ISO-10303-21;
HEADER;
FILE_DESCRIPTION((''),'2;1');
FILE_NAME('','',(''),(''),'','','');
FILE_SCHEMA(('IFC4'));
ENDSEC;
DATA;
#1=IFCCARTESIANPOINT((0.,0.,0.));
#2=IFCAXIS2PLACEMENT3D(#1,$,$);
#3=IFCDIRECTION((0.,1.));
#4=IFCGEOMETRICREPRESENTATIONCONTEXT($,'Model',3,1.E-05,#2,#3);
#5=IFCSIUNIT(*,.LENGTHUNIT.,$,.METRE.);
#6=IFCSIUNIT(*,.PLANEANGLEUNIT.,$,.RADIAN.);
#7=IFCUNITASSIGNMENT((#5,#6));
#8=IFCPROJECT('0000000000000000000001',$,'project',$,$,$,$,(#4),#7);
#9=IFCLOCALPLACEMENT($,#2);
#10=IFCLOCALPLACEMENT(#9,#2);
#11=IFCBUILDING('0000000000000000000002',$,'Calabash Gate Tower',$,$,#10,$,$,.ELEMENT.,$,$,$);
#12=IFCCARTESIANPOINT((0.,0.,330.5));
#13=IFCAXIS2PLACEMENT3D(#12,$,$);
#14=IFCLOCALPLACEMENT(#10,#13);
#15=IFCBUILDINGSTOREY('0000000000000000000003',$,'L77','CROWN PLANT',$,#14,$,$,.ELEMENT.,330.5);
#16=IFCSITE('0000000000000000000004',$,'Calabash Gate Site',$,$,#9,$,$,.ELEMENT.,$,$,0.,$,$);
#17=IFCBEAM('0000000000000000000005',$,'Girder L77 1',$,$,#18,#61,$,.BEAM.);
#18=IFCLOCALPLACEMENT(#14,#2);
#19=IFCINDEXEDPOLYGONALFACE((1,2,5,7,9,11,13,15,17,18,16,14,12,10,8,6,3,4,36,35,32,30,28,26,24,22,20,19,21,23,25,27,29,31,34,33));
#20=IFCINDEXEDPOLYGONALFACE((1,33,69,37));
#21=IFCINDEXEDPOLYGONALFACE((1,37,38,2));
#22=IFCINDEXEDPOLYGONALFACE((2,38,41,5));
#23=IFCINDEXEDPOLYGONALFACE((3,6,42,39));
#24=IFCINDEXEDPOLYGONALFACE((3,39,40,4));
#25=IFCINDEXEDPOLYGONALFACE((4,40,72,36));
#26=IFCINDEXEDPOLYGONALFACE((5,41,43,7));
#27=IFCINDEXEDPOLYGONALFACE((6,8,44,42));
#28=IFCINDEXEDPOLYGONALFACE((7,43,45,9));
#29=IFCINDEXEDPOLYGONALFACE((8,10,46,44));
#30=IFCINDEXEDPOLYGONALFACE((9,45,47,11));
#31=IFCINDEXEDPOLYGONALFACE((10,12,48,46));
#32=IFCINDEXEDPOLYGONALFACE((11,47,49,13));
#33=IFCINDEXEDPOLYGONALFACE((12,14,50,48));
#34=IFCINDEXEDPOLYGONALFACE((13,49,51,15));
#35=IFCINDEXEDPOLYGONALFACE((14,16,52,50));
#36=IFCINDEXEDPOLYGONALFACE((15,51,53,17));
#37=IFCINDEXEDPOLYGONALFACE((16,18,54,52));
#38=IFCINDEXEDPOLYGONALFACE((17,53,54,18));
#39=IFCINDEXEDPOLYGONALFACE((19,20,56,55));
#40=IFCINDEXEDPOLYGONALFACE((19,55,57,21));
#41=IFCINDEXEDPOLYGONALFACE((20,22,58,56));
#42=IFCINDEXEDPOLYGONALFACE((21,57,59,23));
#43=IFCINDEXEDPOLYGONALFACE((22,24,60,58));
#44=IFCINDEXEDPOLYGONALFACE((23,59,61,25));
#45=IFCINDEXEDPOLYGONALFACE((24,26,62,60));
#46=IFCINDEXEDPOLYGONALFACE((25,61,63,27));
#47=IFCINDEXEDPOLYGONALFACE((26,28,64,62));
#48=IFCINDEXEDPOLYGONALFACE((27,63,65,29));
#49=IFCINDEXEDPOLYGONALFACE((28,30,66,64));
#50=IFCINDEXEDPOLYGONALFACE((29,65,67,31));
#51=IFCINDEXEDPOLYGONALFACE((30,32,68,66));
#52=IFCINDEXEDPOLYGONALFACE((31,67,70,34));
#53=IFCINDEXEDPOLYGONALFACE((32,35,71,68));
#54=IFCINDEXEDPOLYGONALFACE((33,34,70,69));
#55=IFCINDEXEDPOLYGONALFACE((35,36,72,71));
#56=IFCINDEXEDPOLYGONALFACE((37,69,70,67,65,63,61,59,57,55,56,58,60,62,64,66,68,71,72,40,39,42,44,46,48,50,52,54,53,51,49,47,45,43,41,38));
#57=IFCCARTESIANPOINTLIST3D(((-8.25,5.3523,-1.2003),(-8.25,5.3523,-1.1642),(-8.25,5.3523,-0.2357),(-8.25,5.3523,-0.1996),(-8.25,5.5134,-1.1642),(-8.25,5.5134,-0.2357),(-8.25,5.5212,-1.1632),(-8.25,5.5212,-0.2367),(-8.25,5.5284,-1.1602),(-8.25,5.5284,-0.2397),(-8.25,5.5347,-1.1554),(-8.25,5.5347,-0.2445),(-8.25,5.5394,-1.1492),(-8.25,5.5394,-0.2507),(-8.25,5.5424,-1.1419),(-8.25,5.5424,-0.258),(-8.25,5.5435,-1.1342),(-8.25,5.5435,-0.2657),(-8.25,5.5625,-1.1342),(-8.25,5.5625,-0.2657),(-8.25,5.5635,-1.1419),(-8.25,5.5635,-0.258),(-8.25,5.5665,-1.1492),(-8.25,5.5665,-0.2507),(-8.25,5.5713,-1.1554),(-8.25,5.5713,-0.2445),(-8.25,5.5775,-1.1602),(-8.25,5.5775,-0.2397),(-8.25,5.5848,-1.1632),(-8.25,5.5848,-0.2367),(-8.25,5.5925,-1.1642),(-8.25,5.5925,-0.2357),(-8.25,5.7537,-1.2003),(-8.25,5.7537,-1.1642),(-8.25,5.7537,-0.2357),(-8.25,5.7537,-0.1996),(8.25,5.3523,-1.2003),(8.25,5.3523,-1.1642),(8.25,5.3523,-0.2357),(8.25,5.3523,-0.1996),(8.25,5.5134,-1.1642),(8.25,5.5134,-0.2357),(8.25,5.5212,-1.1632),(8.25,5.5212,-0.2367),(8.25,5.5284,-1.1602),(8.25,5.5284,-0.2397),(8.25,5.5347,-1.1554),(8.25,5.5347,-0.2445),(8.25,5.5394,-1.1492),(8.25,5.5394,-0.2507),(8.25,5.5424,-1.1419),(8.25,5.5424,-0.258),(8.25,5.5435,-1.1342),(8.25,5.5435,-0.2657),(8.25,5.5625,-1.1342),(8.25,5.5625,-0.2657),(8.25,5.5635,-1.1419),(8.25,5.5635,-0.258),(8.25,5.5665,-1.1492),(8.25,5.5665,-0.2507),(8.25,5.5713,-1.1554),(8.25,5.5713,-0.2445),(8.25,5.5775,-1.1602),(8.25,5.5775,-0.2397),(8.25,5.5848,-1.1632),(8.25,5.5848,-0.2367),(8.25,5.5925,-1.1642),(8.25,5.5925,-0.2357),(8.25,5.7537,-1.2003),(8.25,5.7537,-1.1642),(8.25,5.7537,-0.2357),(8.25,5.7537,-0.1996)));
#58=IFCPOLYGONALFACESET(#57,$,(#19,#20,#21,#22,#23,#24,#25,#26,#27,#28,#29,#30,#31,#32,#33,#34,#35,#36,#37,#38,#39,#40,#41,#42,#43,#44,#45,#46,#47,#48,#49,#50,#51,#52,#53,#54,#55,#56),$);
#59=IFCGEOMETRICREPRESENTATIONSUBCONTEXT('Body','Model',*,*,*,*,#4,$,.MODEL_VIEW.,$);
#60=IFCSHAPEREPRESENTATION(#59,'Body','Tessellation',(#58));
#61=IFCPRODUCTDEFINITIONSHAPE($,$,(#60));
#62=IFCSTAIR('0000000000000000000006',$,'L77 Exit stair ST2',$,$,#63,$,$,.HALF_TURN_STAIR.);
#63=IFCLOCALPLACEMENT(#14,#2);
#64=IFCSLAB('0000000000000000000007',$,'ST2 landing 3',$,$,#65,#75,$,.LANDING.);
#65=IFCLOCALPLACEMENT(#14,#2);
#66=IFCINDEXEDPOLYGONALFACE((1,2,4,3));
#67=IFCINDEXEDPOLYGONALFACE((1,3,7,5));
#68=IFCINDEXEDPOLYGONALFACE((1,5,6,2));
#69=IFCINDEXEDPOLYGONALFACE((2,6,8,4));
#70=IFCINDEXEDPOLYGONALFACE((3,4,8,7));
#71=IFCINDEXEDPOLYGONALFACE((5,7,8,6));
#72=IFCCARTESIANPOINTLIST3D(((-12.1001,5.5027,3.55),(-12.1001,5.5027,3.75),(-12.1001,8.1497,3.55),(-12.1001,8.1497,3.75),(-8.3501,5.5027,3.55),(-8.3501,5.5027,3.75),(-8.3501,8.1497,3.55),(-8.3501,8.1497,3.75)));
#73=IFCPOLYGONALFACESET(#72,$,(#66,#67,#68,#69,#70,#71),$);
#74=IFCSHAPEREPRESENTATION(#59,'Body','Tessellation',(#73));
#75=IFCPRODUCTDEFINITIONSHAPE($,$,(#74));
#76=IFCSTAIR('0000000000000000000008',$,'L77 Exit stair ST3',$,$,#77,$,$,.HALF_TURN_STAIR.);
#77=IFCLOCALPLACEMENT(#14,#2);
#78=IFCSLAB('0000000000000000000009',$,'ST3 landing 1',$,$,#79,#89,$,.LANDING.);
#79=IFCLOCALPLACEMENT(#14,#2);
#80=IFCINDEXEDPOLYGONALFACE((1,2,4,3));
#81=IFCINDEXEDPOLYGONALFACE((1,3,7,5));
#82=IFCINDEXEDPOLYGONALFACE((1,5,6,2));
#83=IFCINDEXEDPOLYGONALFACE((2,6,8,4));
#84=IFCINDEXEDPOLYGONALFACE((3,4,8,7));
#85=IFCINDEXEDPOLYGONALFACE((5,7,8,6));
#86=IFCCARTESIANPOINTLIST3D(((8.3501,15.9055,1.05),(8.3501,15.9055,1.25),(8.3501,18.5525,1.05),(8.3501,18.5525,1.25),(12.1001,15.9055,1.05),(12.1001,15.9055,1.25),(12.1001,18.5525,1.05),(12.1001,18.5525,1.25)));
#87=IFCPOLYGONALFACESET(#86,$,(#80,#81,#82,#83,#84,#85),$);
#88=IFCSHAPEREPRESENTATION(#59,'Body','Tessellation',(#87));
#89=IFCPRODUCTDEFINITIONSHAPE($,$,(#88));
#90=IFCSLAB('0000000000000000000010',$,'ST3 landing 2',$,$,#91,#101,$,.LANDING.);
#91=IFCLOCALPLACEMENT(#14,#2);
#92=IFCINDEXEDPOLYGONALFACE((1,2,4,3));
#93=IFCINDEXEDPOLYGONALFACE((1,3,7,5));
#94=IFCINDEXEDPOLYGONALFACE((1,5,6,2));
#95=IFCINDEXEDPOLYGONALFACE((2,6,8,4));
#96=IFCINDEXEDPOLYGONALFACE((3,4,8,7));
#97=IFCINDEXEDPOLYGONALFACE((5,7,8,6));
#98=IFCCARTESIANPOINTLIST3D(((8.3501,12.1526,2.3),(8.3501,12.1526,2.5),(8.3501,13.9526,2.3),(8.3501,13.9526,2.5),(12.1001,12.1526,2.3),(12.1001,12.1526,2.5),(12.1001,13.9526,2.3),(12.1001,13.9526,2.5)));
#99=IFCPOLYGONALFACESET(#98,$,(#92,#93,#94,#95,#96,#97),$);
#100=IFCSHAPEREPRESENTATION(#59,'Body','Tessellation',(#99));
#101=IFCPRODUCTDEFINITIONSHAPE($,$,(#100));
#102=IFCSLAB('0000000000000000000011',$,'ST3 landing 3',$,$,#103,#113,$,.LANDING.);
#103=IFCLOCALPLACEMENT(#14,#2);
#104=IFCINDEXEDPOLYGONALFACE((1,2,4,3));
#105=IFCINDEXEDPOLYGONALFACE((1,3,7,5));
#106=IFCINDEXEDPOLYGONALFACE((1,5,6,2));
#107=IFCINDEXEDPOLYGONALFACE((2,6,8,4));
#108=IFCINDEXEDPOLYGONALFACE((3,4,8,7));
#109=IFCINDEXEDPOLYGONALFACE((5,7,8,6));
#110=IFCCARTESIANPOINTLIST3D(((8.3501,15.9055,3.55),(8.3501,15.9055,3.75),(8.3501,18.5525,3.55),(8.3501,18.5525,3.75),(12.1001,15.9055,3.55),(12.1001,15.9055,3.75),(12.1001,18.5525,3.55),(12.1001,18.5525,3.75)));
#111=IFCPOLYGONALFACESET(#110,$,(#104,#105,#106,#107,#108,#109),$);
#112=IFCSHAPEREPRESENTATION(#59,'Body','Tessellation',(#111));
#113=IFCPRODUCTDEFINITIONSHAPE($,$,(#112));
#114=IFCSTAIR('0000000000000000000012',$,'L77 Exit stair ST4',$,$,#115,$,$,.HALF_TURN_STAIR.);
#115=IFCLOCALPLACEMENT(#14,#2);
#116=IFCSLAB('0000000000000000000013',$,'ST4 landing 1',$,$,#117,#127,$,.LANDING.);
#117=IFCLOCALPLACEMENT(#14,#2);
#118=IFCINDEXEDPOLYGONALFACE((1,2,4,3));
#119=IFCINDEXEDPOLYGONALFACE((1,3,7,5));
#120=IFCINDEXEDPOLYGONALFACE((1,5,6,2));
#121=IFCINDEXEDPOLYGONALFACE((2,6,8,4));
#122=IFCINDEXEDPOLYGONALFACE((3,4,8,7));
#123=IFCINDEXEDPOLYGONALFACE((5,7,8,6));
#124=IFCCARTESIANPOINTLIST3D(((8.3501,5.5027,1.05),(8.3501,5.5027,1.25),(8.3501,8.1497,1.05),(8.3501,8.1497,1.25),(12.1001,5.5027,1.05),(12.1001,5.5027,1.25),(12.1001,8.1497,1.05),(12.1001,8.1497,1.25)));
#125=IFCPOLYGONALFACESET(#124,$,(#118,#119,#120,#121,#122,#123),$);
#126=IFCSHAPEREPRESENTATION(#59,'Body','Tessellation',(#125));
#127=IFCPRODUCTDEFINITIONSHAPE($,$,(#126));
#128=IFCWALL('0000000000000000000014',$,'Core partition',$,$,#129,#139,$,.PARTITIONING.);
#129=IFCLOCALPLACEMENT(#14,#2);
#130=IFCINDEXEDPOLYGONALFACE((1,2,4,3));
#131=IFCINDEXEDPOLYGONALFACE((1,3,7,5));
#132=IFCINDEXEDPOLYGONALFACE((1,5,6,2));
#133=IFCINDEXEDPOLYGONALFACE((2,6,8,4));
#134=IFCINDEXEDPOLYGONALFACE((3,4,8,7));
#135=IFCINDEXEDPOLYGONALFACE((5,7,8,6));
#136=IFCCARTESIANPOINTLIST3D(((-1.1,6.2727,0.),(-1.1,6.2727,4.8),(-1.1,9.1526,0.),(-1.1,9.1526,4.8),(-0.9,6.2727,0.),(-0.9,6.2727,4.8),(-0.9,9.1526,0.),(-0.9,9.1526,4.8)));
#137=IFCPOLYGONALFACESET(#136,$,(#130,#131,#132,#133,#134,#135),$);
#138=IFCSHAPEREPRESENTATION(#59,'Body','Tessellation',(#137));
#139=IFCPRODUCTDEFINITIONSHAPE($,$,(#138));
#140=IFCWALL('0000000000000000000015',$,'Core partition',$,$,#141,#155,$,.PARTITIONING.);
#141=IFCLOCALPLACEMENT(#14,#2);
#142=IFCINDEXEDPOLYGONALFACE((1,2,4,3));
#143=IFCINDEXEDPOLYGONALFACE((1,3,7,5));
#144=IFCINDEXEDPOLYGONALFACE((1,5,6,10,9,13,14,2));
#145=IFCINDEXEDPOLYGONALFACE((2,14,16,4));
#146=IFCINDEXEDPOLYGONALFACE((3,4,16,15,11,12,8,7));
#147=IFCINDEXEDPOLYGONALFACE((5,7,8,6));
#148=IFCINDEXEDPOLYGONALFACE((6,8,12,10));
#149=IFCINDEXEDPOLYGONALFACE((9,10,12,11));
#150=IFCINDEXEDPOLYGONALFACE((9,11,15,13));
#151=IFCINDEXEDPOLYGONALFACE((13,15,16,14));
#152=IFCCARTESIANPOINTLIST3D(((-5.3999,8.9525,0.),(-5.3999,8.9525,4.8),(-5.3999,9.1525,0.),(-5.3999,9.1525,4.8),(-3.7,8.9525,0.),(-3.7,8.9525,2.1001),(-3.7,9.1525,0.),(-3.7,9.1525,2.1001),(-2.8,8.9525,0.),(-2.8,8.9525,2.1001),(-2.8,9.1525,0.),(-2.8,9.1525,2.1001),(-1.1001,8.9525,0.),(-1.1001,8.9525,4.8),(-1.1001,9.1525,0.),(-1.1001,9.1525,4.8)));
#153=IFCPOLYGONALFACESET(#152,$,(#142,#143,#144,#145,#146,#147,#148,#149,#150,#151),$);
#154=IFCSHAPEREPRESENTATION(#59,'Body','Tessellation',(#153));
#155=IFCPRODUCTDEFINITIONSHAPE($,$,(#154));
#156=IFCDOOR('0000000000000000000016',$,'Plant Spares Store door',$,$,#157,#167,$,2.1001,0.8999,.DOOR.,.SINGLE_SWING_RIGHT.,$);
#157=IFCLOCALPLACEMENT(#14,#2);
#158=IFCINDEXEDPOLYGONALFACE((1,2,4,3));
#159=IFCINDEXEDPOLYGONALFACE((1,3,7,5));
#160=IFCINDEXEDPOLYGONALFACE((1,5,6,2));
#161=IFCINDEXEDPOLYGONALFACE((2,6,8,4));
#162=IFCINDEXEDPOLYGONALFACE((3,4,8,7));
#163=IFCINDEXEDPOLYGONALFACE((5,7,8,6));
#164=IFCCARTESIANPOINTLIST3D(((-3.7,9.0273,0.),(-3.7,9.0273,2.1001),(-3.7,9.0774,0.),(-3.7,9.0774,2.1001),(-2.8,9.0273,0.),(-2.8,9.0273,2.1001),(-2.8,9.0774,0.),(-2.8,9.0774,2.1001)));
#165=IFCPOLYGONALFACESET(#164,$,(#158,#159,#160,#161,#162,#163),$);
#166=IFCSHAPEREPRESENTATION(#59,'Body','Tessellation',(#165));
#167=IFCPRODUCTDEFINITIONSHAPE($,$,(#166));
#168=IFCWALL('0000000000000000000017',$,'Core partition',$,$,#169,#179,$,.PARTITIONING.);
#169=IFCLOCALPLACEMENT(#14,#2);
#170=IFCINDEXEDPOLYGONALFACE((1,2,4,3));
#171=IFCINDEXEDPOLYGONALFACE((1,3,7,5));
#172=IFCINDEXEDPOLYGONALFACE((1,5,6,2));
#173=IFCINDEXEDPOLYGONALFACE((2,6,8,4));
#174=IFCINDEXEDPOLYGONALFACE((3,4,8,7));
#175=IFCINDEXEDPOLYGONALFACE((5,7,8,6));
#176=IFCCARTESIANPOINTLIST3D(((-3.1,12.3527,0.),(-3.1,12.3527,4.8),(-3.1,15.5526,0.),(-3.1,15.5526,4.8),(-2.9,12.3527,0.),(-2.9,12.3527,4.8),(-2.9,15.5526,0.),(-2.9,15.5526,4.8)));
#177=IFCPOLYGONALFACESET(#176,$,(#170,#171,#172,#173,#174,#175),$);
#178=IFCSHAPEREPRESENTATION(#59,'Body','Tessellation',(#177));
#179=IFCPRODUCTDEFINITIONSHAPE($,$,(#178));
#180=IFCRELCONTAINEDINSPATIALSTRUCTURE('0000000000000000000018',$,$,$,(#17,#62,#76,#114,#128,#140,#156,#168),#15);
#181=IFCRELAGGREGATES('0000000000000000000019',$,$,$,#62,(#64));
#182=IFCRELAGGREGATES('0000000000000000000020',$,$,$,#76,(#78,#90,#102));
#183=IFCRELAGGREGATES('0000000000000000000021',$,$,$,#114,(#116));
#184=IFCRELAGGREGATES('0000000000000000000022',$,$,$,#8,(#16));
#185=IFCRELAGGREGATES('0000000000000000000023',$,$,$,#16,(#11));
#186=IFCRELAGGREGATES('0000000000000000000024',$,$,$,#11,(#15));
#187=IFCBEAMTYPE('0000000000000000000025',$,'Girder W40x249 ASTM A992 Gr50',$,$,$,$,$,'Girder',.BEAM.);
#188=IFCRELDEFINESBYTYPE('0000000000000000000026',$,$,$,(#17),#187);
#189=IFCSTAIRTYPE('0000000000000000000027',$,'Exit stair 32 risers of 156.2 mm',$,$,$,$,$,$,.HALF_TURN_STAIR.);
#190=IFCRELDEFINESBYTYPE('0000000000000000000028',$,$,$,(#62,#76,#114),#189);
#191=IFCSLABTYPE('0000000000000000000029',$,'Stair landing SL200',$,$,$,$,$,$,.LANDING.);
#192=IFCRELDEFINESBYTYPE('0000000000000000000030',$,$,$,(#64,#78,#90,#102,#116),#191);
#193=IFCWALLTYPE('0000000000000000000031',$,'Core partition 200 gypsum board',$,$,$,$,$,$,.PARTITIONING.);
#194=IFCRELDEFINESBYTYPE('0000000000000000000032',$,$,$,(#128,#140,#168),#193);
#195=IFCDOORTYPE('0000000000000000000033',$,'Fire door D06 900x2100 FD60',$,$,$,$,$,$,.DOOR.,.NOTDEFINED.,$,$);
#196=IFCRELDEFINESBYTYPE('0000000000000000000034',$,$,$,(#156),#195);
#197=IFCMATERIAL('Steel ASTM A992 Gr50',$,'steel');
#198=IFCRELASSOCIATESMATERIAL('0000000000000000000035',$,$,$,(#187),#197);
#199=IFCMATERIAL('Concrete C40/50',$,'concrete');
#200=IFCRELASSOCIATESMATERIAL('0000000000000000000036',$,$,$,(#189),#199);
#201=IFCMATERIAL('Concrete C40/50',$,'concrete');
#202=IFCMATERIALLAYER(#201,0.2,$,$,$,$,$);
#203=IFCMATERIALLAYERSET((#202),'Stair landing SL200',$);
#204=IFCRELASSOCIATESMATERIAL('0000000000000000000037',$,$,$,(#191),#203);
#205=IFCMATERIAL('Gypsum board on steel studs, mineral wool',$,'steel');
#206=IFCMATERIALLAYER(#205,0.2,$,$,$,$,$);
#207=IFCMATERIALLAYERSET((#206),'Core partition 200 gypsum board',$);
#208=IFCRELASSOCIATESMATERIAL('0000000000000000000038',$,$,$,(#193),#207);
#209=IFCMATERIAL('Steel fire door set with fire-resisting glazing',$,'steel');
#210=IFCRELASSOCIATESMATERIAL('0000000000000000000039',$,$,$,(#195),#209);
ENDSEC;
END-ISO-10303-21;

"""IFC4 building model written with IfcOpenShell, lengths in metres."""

from ifc_helpers import new_model, si_unit, direction, frame, frame_2d, origin, origin_2d, place, context, subcontext, project, spatial, polyline, rectangle, i_section, outline, extrude, material, layer, layer_set, material_profile, profile_set, type_object, element, fill, aggregate, save


model = new_model("IFC4")

# Units and contexts
model_context = context("Model", 3, precision=1e-05, world=origin(), true_north=direction((0.0, 1.0)))
body_context = subcontext(model_context, "Body", "Model", "MODEL_VIEW")
ifc_project = project(units=[si_unit("LENGTHUNIT", "METRE"), si_unit("PLANEANGLEUNIT", "RADIAN")], contexts=[model_context])

# Site, building, storey
site_placement = place(None, origin())
site = spatial("IfcSite", under=ifc_project, at=site_placement, Name="Calabash Gate Site", CompositionType="ELEMENT", RefElevation=0.0)
building_placement = place(site_placement, origin())
building = spatial("IfcBuilding", under=site, at=building_placement, Name="Calabash Gate Tower", CompositionType="ELEMENT")
storey_placement = place(building_placement, frame((0.0, 0.0, 330.5)))
storey = spatial("IfcBuildingStorey", under=building, at=storey_placement, Name="L77", Description="CROWN PLANT", CompositionType="ELEMENT", Elevation=330.5)

# Beam
ifc_material_1 = material(Name="Steel ASTM A992 Gr50", Category="steel")
ifc_material_profile = material_profile(ifc_material_1, i_section(OverallWidth=0.4014, OverallDepth=1.0007, WebThickness=0.019, FlangeThickness=0.0361, FilletRadius=0.03, at=origin_2d()))
ifc_profile_set = profile_set([ifc_material_profile], Name="Steel ASTM A992 Gr50")
beam_type = type_object("IfcBeamType", Name="Girder W40x249 ASTM A992 Gr50", ElementType="Girder", PredefinedType="BEAM", material=ifc_profile_set)
beam_placement = place(storey_placement, frame((-8.25, 5.553, -0.7), z_axis=(1.0, 0.0, 0.0), x_axis=(0.0, 1.0, 0.0)))
element("IfcBeam", 1, at=beam_placement, inside=storey, type_object=beam_type, Name="Girder L77 1", PredefinedType="BEAM", context=body_context, shape_type="SweptSolid", body=[
    extrude(i_section(OverallWidth=0.4014, OverallDepth=1.0007, WebThickness=0.019, FlangeThickness=0.0361, FilletRadius=0.03, at=origin_2d()), origin(), (0.0, 0.0, 1.0), 16.5),
])

# Stair, slab
ifc_material_2 = material(Name="Concrete C40/50", Category="concrete")
stair_type = type_object("IfcStairType", Name="Exit stair 32 risers of 156.2 mm", PredefinedType="HALF_TURN_STAIR", material=ifc_material_2)
stair_1_placement = place(storey_placement, origin())
stair_1 = element("IfcStair", 2, at=stair_1_placement, inside=storey, type_object=stair_type, Name="L77 Exit stair ST2", PredefinedType="HALF_TURN_STAIR")
ifc_material_3 = material(Name="Concrete C40/50", Category="concrete")
ifc_layer_1 = layer(ifc_material_3, 0.2)
ifc_layer_set_1 = layer_set([ifc_layer_1], Name="Stair landing SL200")
slab_type = type_object("IfcSlabType", Name="Stair landing SL200", PredefinedType="LANDING", material=ifc_layer_set_1)
slab_1_placement = place(storey_placement, frame((0.0, 0.0, 3.55)))
slab_1 = element("IfcSlab", 3, at=slab_1_placement, type_object=slab_type, Name="ST2 landing 3", PredefinedType="LANDING", context=body_context, shape_type="SweptSolid", body=[
    extrude(outline(polyline([(-12.1001, 8.1497), (-12.1001, 5.5027), (-8.3501, 5.5027), (-8.3501, 8.1497), (-12.1001, 8.1497)])), origin(), (0.0, 0.0, 1.0), 0.2),
])
aggregate(stair_1, [slab_1])

# Stair, slabs
stair_2_placement = place(storey_placement, origin())
stair_2 = element("IfcStair", 4, at=stair_2_placement, inside=storey, type_object=stair_type, Name="L77 Exit stair ST3", PredefinedType="HALF_TURN_STAIR")
slab_2_placement = place(storey_placement, frame((0.0, 0.0, 1.05)))
slab_2 = element("IfcSlab", 5, at=slab_2_placement, type_object=slab_type, Name="ST3 landing 1", PredefinedType="LANDING", context=body_context, shape_type="SweptSolid", body=[
    extrude(outline(polyline([(12.1001, 15.9055), (12.1001, 18.5525), (8.3501, 18.5525), (8.3501, 15.9055), (12.1001, 15.9055)])), origin(), (0.0, 0.0, 1.0), 0.2),
])
slab_3_placement = place(storey_placement, frame((0.0, 0.0, 2.3)))
slab_3 = element("IfcSlab", 6, at=slab_3_placement, type_object=slab_type, Name="ST3 landing 2", PredefinedType="LANDING", context=body_context, shape_type="SweptSolid", body=[
    extrude(outline(polyline([(12.1001, 12.1526), (12.1001, 13.9526), (8.3501, 13.9526), (8.3501, 12.1526), (12.1001, 12.1526)])), origin(), (0.0, 0.0, 1.0), 0.2),
])
slab_4_placement = place(storey_placement, frame((0.0, 0.0, 3.55)))
slab_4 = element("IfcSlab", 7, at=slab_4_placement, type_object=slab_type, Name="ST3 landing 3", PredefinedType="LANDING", context=body_context, shape_type="SweptSolid", body=[
    extrude(outline(polyline([(12.1001, 15.9055), (12.1001, 18.5525), (8.3501, 18.5525), (8.3501, 15.9055), (12.1001, 15.9055)])), origin(), (0.0, 0.0, 1.0), 0.2),
])
aggregate(stair_2, [slab_2, slab_3, slab_4])

# Stair, slab
stair_3_placement = place(storey_placement, origin())
stair_3 = element("IfcStair", 8, at=stair_3_placement, inside=storey, type_object=stair_type, Name="L77 Exit stair ST4", PredefinedType="HALF_TURN_STAIR")
slab_5_placement = place(storey_placement, frame((0.0, 0.0, 1.05)))
slab_5 = element("IfcSlab", 9, at=slab_5_placement, type_object=slab_type, Name="ST4 landing 1", PredefinedType="LANDING", context=body_context, shape_type="SweptSolid", body=[
    extrude(outline(polyline([(8.3501, 8.1497), (8.3501, 5.5027), (12.1001, 5.5027), (12.1001, 8.1497), (8.3501, 8.1497)])), origin(), (0.0, 0.0, 1.0), 0.2),
])
aggregate(stair_3, [slab_5])

# Wall
ifc_material_4 = material(Name="Gypsum board on steel studs, mineral wool", Category="steel")
ifc_layer_2 = layer(ifc_material_4, 0.2)
ifc_layer_set_2 = layer_set([ifc_layer_2], Name="Core partition 200 gypsum board")
wall_type_1 = type_object("IfcWallType", Name="Core partition 200 gypsum board", PredefinedType="PARTITIONING", material=ifc_layer_set_2)
wall_1_placement = place(storey_placement, frame((-1.0, 6.2727, 0.0), z_axis=(0.0, 0.0, 1.0), x_axis=(0.0, 1.0, 0.0)))
element("IfcWall", 10, at=wall_1_placement, inside=storey, type_object=wall_type_1, Name="Core partition", PredefinedType="PARTITIONING", context=body_context, shape_type="SweptSolid", body=[
    extrude(rectangle(XDim=2.8799, YDim=0.2, at=frame_2d((1.4399, 0.0))), origin(), (0.0, 0.0, 1.0), 4.8),
])

# Wall, opening, door
wall_2_placement = place(storey_placement, frame((-5.3999, 9.0525, 0.0), z_axis=(0.0, 0.0, 1.0), x_axis=(1.0, 0.0, 0.0)))
wall_2 = element("IfcWall", 11, at=wall_2_placement, inside=storey, type_object=wall_type_1, Name="Core partition", PredefinedType="PARTITIONING", context=body_context, shape_type="SweptSolid", body=[
    extrude(rectangle(XDim=4.2998, YDim=0.2, at=frame_2d((2.1499, 0.0))), origin(), (0.0, 0.0, 1.0), 4.8),
])
opening_1_placement = place(wall_2_placement, frame((1.7, 0.0, 0.0)))
opening_1 = element("IfcOpeningElement", 12, at=opening_1_placement, cuts=wall_2, PredefinedType="OPENING", context=body_context, shape_type="SweptSolid", body=[
    extrude(rectangle(XDim=0.8999, YDim=2.1001, at=frame_2d((0.45, 1.05))), frame((0.0, 0.1099, 0.0), z_axis=(0.0, -1.0, 0.0), x_axis=(1.0, 0.0, 0.0)), (0.0, 0.0, 1.0), 0.22),
])
ifc_material_5 = material(Name="Steel fire door set with fire-resisting glazing", Category="steel")
door_type_1 = type_object("IfcDoorType", Name="Fire door D06 900x2100 FD60", OperationType="NOTDEFINED", PredefinedType="DOOR", material=ifc_material_5)
door_1_placement = place(opening_1_placement, origin())
door_1 = element("IfcDoor", 13, at=door_1_placement, inside=storey, type_object=door_type_1, Name="Plant Spares Store door", OperationType="SINGLE_SWING_RIGHT", OverallHeight=2.1001, OverallWidth=0.8999, PredefinedType="DOOR", context=body_context, shape_type="SweptSolid", body=[
    extrude(rectangle(XDim=0.8999, YDim=2.1001, at=frame_2d((0.45, 1.05))), frame((0.0, 0.0249, 0.0), z_axis=(0.0, -1.0, 0.0), x_axis=(1.0, 0.0, 0.0)), (0.0, 0.0, 1.0), 0.05),
])
fill(opening_1, door_1)

# Wall
wall_3_placement = place(storey_placement, frame((-3.0, 12.3525, 0.0), z_axis=(0.0, 0.0, 1.0), x_axis=(0.0, 1.0, 0.0)))
element("IfcWall", 14, at=wall_3_placement, inside=storey, type_object=wall_type_1, Name="Core partition", PredefinedType="PARTITIONING", context=body_context, shape_type="SweptSolid", body=[
    extrude(rectangle(XDim=3.2, YDim=0.2, at=frame_2d((1.6001, 0.0))), origin(), (0.0, 0.0, 1.0), 4.8),
])

save(model, "model.ifc")
